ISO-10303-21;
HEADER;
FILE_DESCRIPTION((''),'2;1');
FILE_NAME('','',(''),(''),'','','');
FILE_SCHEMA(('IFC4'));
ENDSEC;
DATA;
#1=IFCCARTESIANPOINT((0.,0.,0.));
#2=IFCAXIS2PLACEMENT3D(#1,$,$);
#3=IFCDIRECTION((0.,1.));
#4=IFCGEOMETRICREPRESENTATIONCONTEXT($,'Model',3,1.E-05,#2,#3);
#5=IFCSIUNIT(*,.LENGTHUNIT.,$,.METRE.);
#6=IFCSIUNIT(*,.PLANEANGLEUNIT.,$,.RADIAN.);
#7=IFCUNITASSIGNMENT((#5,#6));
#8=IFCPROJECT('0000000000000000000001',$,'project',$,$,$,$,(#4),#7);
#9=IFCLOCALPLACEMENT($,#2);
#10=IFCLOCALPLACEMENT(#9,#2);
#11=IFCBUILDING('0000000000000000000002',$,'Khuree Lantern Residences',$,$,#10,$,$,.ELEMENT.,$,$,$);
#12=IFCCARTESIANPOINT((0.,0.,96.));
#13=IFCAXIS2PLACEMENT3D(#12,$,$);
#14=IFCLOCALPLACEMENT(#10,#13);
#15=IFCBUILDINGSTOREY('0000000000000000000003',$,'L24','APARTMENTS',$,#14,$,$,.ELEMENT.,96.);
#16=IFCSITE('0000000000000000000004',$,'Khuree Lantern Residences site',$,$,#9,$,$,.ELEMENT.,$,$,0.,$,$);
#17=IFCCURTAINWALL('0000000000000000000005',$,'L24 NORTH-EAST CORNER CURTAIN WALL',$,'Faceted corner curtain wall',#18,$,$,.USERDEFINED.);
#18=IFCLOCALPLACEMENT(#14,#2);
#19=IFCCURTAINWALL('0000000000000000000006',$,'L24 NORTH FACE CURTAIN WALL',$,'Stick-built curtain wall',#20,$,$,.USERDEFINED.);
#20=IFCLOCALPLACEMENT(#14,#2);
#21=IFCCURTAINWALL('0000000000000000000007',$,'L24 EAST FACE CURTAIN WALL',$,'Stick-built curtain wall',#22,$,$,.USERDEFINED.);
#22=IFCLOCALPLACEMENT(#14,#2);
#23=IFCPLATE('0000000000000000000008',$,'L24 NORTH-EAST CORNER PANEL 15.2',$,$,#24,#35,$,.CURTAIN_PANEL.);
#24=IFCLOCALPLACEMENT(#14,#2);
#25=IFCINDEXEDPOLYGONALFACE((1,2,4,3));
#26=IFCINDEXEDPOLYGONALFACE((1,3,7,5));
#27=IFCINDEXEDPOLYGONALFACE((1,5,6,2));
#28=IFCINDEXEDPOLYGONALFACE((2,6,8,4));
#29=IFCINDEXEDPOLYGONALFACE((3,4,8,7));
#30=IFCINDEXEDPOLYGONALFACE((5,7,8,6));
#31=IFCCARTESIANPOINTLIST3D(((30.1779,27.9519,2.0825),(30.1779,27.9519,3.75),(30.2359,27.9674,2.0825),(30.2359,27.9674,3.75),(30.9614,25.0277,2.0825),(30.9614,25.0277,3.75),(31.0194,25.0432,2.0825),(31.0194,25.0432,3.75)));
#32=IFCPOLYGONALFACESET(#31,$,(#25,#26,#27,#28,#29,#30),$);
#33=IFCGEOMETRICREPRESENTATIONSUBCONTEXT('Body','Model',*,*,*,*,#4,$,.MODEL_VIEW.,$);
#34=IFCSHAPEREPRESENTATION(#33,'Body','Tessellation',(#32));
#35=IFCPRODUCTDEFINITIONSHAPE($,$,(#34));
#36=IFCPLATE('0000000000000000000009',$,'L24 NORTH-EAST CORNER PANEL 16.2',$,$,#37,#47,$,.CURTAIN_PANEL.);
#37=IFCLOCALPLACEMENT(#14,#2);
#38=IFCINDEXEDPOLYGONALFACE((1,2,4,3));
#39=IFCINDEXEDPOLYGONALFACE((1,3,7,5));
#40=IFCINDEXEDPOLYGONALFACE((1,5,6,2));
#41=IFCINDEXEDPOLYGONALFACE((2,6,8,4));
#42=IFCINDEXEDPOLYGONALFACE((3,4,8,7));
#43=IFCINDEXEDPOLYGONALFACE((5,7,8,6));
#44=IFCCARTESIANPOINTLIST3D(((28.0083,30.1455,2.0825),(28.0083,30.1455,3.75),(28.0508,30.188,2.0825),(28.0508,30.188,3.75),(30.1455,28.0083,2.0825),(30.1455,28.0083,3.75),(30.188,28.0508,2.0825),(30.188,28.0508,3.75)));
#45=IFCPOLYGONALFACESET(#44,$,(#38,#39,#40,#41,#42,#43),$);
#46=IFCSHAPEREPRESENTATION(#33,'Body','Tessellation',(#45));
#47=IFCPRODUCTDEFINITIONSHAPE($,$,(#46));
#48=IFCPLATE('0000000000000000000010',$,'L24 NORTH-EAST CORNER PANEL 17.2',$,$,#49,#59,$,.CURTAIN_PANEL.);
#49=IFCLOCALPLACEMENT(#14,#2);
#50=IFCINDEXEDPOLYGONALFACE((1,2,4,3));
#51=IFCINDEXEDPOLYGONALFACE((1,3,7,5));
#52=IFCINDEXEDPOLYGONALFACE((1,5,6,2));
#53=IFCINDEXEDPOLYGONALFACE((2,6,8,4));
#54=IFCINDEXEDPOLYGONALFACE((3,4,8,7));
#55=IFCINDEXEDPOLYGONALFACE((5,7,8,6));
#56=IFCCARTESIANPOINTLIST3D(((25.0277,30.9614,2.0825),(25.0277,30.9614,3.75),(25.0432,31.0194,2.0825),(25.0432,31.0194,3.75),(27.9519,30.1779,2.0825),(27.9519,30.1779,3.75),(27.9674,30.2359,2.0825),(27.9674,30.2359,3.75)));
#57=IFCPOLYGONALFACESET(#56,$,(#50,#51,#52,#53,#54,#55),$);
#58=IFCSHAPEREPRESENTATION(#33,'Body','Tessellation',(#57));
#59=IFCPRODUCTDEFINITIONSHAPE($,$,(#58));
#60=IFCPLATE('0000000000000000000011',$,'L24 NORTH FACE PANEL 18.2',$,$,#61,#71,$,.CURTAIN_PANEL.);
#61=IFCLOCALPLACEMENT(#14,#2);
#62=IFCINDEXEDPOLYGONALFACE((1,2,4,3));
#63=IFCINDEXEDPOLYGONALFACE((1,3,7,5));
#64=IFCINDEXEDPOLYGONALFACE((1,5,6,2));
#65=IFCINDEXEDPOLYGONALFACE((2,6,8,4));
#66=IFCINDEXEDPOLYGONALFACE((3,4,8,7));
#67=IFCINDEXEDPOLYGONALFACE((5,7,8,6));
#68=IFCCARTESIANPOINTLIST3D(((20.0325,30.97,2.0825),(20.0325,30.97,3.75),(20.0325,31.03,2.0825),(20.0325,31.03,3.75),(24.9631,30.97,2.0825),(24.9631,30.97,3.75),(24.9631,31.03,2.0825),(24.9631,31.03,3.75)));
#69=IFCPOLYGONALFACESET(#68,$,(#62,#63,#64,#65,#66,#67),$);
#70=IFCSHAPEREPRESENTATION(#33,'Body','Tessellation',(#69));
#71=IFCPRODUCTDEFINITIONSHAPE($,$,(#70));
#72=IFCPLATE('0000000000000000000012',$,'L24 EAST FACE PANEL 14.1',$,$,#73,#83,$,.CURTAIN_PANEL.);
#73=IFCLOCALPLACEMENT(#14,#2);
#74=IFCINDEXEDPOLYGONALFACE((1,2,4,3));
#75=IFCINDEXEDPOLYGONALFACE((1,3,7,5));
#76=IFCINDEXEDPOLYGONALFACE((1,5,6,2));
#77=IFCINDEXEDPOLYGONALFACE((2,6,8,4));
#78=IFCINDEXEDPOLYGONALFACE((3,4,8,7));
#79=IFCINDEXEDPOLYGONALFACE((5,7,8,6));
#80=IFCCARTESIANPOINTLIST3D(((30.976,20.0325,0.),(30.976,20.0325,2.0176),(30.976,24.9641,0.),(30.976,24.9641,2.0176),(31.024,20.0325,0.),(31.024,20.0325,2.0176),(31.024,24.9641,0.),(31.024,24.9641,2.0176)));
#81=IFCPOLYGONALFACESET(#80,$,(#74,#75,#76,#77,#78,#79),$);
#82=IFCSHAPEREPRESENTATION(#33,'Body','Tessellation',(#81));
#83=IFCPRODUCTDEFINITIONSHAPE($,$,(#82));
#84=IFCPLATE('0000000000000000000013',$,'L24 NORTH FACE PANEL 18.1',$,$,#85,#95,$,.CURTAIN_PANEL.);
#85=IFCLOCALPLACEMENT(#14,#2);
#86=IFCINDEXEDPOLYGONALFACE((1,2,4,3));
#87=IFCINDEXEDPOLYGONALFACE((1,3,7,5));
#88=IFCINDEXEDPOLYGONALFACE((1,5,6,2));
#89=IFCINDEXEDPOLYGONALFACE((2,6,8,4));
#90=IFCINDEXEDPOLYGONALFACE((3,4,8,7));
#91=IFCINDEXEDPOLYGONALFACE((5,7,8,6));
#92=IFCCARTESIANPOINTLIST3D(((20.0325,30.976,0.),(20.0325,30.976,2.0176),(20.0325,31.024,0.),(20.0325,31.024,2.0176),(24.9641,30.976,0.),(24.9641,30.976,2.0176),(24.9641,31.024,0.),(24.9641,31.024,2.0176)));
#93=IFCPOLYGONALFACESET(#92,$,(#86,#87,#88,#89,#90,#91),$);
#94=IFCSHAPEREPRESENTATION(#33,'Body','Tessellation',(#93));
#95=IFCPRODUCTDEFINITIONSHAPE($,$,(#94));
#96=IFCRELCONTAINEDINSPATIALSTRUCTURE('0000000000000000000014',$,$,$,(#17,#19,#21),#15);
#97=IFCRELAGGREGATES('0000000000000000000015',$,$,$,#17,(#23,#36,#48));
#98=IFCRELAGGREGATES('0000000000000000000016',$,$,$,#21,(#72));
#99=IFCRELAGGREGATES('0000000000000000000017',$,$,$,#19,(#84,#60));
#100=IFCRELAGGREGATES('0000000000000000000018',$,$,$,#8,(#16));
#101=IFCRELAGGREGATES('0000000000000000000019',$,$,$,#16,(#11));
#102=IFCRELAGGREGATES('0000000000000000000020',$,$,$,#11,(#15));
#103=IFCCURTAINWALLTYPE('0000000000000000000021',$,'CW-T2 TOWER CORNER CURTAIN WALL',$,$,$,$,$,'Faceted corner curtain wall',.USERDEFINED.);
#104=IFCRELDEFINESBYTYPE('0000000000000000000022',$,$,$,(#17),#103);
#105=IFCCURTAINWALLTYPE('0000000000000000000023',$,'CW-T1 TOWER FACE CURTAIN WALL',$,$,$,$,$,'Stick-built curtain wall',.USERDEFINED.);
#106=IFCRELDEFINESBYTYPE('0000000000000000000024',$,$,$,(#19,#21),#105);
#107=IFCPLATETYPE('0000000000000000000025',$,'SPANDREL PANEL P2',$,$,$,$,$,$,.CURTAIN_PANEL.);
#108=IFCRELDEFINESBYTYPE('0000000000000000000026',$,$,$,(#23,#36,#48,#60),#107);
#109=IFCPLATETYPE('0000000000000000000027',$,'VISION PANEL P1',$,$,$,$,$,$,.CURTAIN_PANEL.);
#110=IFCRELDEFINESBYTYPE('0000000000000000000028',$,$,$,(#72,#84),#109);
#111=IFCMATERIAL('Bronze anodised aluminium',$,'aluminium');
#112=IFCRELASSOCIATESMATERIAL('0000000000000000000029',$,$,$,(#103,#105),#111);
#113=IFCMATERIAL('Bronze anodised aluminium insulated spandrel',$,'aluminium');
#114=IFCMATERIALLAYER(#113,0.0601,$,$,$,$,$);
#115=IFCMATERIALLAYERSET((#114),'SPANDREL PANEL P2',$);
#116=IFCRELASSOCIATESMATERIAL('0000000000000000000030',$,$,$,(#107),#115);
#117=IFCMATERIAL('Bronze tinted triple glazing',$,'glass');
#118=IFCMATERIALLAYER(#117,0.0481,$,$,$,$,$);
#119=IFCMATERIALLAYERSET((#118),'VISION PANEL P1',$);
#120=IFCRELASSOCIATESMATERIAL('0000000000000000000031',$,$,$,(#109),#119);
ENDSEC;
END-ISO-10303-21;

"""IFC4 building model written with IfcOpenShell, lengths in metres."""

from ifc_helpers import new_model, si_unit, direction, frame, origin, origin_2d, place, context, subcontext, project, spatial, rectangle, extrude, material, layer, layer_set, type_object, element, aggregate, save


model = new_model("IFC4")

# Units and contexts
model_context = context("Model", 3, precision=1e-05, world=origin(), true_north=direction((0.0, 1.0)))
body_context = subcontext(model_context, "Body", "Model", "MODEL_VIEW")
ifc_project = project(units=[si_unit("LENGTHUNIT", "METRE"), si_unit("PLANEANGLEUNIT", "RADIAN")], contexts=[model_context])

# Site, building, storey
site_placement = place(None, origin())
site = spatial("IfcSite", under=ifc_project, at=site_placement, Name="Khuree Lantern Residences site", CompositionType="ELEMENT", RefElevation=0.0)
building_placement = place(site_placement, origin())
building = spatial("IfcBuilding", under=site, at=building_placement, Name="Khuree Lantern Residences", CompositionType="ELEMENT")
storey_placement = place(building_placement, frame((0.0, 0.0, 96.0)))
storey = spatial("IfcBuildingStorey", under=building, at=storey_placement, Name="L24", Description="APARTMENTS", CompositionType="ELEMENT", Elevation=96.0)

# Curtain walls
ifc_material_1 = material(Name="Bronze anodised aluminium", Category="aluminium")
curtain_wall_type_1 = type_object("IfcCurtainWallType", Name="CW-T2 TOWER CORNER CURTAIN WALL", ElementType="Faceted corner curtain wall", PredefinedType="USERDEFINED", material=ifc_material_1)
curtain_wall_1_placement = place(storey_placement, origin())
curtain_wall_1 = element("IfcCurtainWall", 1, at=curtain_wall_1_placement, inside=storey, type_object=curtain_wall_type_1, Name="L24 NORTH-EAST CORNER CURTAIN WALL", ObjectType="Faceted corner curtain wall", PredefinedType="USERDEFINED")
curtain_wall_type_2 = type_object("IfcCurtainWallType", Name="CW-T1 TOWER FACE CURTAIN WALL", ElementType="Stick-built curtain wall", PredefinedType="USERDEFINED", material=ifc_material_1)
curtain_wall_2_placement = place(storey_placement, origin())
curtain_wall_2 = element("IfcCurtainWall", 2, at=curtain_wall_2_placement, inside=storey, type_object=curtain_wall_type_2, Name="L24 NORTH FACE CURTAIN WALL", ObjectType="Stick-built curtain wall", PredefinedType="USERDEFINED")

# Curtain wall
curtain_wall_3_placement = place(storey_placement, origin())
curtain_wall_3 = element("IfcCurtainWall", 3, at=curtain_wall_3_placement, inside=storey, type_object=curtain_wall_type_2, Name="L24 EAST FACE CURTAIN WALL", ObjectType="Stick-built curtain wall", PredefinedType="USERDEFINED")

# Plates
ifc_material_2 = material(Name="Bronze tinted triple glazing", Category="glass")
ifc_material_3 = material(Name="Bronze anodised aluminium insulated spandrel", Category="aluminium")
ifc_layer_1 = layer(ifc_material_3, 0.0601)
ifc_layer_set_1 = layer_set([ifc_layer_1], Name="SPANDREL PANEL P2")
plate_type_1 = type_object("IfcPlateType", Name="SPANDREL PANEL P2", PredefinedType="CURTAIN_PANEL", material=ifc_layer_set_1)
plate_1_placement = place(storey_placement, frame((30.5986, 26.4976, 2.0825), z_axis=(0.0, 0.0, 1.0), x_axis=(-0.258819, 0.965926, 0.0)))
plate_1 = element("IfcPlate", 4, at=plate_1_placement, type_object=plate_type_1, Name="L24 NORTH-EAST CORNER PANEL 15.2", PredefinedType="CURTAIN_PANEL", context=body_context, shape_type="SweptSolid", body=[
    extrude(rectangle(XDim=3.0273, YDim=0.0601, at=origin_2d()), origin(), (0.0, 0.0, 1.0), 1.6675),
])
plate_2_placement = place(storey_placement, frame((29.0981, 29.0981, 2.0825), z_axis=(0.0, 0.0, 1.0), x_axis=(-0.707107, 0.707107, 0.0)))
plate_2 = element("IfcPlate", 5, at=plate_2_placement, type_object=plate_type_1, Name="L24 NORTH-EAST CORNER PANEL 16.2", PredefinedType="CURTAIN_PANEL", context=body_context, shape_type="SweptSolid", body=[
    extrude(rectangle(XDim=3.0225, YDim=0.0601, at=origin_2d()), origin(), (0.0, 0.0, 1.0), 1.6675),
])
plate_3_placement = place(storey_placement, frame((26.4976, 30.5986, 2.0825), z_axis=(0.0, 0.0, 1.0), x_axis=(-0.965926, 0.258819, 0.0)))
plate_3 = element("IfcPlate", 6, at=plate_3_placement, type_object=plate_type_1, Name="L24 NORTH-EAST CORNER PANEL 17.2", PredefinedType="CURTAIN_PANEL", context=body_context, shape_type="SweptSolid", body=[
    extrude(rectangle(XDim=3.0273, YDim=0.0601, at=origin_2d()), origin(), (0.0, 0.0, 1.0), 1.6675),
])
aggregate(curtain_wall_1, [plate_1, plate_2, plate_3])
plate_4_placement = place(storey_placement, frame((22.4978, 31.0, 2.0825), z_axis=(0.0, 0.0, 1.0), x_axis=(-1.0, 0.0, 0.0)))
plate_4 = element("IfcPlate", 7, at=plate_4_placement, type_object=plate_type_1, Name="L24 NORTH FACE PANEL 18.2", PredefinedType="CURTAIN_PANEL", context=body_context, shape_type="SweptSolid", body=[
    extrude(rectangle(XDim=4.9307, YDim=0.0601, at=origin_2d()), origin(), (0.0, 0.0, 1.0), 1.6675),
])
ifc_layer_2 = layer(ifc_material_2, 0.0481)
ifc_layer_set_2 = layer_set([ifc_layer_2], Name="VISION PANEL P1")
plate_type_2 = type_object("IfcPlateType", Name="VISION PANEL P1", PredefinedType="CURTAIN_PANEL", material=ifc_layer_set_2)
plate_5_placement = place(storey_placement, frame((31.0, 22.4983, 0.0), z_axis=(0.0, 0.0, 1.0), x_axis=(0.0, 1.0, 0.0)))
plate_5 = element("IfcPlate", 8, at=plate_5_placement, type_object=plate_type_2, Name="L24 EAST FACE PANEL 14.1", PredefinedType="CURTAIN_PANEL", context=body_context, shape_type="SweptSolid", body=[
    extrude(rectangle(XDim=4.9316, YDim=0.0481, at=origin_2d()), origin(), (0.0, 0.0, 1.0), 2.0176),
])
aggregate(curtain_wall_3, [plate_5])
plate_6_placement = place(storey_placement, frame((22.4983, 31.0, 0.0), z_axis=(0.0, 0.0, 1.0), x_axis=(-1.0, 0.0, 0.0)))
plate_6 = element("IfcPlate", 9, at=plate_6_placement, type_object=plate_type_2, Name="L24 NORTH FACE PANEL 18.1", PredefinedType="CURTAIN_PANEL", context=body_context, shape_type="SweptSolid", body=[
    extrude(rectangle(XDim=4.9316, YDim=0.0481, at=origin_2d()), origin(), (0.0, 0.0, 1.0), 2.0176),
])
aggregate(curtain_wall_2, [plate_6, plate_4])

save(model, "model.ifc")
